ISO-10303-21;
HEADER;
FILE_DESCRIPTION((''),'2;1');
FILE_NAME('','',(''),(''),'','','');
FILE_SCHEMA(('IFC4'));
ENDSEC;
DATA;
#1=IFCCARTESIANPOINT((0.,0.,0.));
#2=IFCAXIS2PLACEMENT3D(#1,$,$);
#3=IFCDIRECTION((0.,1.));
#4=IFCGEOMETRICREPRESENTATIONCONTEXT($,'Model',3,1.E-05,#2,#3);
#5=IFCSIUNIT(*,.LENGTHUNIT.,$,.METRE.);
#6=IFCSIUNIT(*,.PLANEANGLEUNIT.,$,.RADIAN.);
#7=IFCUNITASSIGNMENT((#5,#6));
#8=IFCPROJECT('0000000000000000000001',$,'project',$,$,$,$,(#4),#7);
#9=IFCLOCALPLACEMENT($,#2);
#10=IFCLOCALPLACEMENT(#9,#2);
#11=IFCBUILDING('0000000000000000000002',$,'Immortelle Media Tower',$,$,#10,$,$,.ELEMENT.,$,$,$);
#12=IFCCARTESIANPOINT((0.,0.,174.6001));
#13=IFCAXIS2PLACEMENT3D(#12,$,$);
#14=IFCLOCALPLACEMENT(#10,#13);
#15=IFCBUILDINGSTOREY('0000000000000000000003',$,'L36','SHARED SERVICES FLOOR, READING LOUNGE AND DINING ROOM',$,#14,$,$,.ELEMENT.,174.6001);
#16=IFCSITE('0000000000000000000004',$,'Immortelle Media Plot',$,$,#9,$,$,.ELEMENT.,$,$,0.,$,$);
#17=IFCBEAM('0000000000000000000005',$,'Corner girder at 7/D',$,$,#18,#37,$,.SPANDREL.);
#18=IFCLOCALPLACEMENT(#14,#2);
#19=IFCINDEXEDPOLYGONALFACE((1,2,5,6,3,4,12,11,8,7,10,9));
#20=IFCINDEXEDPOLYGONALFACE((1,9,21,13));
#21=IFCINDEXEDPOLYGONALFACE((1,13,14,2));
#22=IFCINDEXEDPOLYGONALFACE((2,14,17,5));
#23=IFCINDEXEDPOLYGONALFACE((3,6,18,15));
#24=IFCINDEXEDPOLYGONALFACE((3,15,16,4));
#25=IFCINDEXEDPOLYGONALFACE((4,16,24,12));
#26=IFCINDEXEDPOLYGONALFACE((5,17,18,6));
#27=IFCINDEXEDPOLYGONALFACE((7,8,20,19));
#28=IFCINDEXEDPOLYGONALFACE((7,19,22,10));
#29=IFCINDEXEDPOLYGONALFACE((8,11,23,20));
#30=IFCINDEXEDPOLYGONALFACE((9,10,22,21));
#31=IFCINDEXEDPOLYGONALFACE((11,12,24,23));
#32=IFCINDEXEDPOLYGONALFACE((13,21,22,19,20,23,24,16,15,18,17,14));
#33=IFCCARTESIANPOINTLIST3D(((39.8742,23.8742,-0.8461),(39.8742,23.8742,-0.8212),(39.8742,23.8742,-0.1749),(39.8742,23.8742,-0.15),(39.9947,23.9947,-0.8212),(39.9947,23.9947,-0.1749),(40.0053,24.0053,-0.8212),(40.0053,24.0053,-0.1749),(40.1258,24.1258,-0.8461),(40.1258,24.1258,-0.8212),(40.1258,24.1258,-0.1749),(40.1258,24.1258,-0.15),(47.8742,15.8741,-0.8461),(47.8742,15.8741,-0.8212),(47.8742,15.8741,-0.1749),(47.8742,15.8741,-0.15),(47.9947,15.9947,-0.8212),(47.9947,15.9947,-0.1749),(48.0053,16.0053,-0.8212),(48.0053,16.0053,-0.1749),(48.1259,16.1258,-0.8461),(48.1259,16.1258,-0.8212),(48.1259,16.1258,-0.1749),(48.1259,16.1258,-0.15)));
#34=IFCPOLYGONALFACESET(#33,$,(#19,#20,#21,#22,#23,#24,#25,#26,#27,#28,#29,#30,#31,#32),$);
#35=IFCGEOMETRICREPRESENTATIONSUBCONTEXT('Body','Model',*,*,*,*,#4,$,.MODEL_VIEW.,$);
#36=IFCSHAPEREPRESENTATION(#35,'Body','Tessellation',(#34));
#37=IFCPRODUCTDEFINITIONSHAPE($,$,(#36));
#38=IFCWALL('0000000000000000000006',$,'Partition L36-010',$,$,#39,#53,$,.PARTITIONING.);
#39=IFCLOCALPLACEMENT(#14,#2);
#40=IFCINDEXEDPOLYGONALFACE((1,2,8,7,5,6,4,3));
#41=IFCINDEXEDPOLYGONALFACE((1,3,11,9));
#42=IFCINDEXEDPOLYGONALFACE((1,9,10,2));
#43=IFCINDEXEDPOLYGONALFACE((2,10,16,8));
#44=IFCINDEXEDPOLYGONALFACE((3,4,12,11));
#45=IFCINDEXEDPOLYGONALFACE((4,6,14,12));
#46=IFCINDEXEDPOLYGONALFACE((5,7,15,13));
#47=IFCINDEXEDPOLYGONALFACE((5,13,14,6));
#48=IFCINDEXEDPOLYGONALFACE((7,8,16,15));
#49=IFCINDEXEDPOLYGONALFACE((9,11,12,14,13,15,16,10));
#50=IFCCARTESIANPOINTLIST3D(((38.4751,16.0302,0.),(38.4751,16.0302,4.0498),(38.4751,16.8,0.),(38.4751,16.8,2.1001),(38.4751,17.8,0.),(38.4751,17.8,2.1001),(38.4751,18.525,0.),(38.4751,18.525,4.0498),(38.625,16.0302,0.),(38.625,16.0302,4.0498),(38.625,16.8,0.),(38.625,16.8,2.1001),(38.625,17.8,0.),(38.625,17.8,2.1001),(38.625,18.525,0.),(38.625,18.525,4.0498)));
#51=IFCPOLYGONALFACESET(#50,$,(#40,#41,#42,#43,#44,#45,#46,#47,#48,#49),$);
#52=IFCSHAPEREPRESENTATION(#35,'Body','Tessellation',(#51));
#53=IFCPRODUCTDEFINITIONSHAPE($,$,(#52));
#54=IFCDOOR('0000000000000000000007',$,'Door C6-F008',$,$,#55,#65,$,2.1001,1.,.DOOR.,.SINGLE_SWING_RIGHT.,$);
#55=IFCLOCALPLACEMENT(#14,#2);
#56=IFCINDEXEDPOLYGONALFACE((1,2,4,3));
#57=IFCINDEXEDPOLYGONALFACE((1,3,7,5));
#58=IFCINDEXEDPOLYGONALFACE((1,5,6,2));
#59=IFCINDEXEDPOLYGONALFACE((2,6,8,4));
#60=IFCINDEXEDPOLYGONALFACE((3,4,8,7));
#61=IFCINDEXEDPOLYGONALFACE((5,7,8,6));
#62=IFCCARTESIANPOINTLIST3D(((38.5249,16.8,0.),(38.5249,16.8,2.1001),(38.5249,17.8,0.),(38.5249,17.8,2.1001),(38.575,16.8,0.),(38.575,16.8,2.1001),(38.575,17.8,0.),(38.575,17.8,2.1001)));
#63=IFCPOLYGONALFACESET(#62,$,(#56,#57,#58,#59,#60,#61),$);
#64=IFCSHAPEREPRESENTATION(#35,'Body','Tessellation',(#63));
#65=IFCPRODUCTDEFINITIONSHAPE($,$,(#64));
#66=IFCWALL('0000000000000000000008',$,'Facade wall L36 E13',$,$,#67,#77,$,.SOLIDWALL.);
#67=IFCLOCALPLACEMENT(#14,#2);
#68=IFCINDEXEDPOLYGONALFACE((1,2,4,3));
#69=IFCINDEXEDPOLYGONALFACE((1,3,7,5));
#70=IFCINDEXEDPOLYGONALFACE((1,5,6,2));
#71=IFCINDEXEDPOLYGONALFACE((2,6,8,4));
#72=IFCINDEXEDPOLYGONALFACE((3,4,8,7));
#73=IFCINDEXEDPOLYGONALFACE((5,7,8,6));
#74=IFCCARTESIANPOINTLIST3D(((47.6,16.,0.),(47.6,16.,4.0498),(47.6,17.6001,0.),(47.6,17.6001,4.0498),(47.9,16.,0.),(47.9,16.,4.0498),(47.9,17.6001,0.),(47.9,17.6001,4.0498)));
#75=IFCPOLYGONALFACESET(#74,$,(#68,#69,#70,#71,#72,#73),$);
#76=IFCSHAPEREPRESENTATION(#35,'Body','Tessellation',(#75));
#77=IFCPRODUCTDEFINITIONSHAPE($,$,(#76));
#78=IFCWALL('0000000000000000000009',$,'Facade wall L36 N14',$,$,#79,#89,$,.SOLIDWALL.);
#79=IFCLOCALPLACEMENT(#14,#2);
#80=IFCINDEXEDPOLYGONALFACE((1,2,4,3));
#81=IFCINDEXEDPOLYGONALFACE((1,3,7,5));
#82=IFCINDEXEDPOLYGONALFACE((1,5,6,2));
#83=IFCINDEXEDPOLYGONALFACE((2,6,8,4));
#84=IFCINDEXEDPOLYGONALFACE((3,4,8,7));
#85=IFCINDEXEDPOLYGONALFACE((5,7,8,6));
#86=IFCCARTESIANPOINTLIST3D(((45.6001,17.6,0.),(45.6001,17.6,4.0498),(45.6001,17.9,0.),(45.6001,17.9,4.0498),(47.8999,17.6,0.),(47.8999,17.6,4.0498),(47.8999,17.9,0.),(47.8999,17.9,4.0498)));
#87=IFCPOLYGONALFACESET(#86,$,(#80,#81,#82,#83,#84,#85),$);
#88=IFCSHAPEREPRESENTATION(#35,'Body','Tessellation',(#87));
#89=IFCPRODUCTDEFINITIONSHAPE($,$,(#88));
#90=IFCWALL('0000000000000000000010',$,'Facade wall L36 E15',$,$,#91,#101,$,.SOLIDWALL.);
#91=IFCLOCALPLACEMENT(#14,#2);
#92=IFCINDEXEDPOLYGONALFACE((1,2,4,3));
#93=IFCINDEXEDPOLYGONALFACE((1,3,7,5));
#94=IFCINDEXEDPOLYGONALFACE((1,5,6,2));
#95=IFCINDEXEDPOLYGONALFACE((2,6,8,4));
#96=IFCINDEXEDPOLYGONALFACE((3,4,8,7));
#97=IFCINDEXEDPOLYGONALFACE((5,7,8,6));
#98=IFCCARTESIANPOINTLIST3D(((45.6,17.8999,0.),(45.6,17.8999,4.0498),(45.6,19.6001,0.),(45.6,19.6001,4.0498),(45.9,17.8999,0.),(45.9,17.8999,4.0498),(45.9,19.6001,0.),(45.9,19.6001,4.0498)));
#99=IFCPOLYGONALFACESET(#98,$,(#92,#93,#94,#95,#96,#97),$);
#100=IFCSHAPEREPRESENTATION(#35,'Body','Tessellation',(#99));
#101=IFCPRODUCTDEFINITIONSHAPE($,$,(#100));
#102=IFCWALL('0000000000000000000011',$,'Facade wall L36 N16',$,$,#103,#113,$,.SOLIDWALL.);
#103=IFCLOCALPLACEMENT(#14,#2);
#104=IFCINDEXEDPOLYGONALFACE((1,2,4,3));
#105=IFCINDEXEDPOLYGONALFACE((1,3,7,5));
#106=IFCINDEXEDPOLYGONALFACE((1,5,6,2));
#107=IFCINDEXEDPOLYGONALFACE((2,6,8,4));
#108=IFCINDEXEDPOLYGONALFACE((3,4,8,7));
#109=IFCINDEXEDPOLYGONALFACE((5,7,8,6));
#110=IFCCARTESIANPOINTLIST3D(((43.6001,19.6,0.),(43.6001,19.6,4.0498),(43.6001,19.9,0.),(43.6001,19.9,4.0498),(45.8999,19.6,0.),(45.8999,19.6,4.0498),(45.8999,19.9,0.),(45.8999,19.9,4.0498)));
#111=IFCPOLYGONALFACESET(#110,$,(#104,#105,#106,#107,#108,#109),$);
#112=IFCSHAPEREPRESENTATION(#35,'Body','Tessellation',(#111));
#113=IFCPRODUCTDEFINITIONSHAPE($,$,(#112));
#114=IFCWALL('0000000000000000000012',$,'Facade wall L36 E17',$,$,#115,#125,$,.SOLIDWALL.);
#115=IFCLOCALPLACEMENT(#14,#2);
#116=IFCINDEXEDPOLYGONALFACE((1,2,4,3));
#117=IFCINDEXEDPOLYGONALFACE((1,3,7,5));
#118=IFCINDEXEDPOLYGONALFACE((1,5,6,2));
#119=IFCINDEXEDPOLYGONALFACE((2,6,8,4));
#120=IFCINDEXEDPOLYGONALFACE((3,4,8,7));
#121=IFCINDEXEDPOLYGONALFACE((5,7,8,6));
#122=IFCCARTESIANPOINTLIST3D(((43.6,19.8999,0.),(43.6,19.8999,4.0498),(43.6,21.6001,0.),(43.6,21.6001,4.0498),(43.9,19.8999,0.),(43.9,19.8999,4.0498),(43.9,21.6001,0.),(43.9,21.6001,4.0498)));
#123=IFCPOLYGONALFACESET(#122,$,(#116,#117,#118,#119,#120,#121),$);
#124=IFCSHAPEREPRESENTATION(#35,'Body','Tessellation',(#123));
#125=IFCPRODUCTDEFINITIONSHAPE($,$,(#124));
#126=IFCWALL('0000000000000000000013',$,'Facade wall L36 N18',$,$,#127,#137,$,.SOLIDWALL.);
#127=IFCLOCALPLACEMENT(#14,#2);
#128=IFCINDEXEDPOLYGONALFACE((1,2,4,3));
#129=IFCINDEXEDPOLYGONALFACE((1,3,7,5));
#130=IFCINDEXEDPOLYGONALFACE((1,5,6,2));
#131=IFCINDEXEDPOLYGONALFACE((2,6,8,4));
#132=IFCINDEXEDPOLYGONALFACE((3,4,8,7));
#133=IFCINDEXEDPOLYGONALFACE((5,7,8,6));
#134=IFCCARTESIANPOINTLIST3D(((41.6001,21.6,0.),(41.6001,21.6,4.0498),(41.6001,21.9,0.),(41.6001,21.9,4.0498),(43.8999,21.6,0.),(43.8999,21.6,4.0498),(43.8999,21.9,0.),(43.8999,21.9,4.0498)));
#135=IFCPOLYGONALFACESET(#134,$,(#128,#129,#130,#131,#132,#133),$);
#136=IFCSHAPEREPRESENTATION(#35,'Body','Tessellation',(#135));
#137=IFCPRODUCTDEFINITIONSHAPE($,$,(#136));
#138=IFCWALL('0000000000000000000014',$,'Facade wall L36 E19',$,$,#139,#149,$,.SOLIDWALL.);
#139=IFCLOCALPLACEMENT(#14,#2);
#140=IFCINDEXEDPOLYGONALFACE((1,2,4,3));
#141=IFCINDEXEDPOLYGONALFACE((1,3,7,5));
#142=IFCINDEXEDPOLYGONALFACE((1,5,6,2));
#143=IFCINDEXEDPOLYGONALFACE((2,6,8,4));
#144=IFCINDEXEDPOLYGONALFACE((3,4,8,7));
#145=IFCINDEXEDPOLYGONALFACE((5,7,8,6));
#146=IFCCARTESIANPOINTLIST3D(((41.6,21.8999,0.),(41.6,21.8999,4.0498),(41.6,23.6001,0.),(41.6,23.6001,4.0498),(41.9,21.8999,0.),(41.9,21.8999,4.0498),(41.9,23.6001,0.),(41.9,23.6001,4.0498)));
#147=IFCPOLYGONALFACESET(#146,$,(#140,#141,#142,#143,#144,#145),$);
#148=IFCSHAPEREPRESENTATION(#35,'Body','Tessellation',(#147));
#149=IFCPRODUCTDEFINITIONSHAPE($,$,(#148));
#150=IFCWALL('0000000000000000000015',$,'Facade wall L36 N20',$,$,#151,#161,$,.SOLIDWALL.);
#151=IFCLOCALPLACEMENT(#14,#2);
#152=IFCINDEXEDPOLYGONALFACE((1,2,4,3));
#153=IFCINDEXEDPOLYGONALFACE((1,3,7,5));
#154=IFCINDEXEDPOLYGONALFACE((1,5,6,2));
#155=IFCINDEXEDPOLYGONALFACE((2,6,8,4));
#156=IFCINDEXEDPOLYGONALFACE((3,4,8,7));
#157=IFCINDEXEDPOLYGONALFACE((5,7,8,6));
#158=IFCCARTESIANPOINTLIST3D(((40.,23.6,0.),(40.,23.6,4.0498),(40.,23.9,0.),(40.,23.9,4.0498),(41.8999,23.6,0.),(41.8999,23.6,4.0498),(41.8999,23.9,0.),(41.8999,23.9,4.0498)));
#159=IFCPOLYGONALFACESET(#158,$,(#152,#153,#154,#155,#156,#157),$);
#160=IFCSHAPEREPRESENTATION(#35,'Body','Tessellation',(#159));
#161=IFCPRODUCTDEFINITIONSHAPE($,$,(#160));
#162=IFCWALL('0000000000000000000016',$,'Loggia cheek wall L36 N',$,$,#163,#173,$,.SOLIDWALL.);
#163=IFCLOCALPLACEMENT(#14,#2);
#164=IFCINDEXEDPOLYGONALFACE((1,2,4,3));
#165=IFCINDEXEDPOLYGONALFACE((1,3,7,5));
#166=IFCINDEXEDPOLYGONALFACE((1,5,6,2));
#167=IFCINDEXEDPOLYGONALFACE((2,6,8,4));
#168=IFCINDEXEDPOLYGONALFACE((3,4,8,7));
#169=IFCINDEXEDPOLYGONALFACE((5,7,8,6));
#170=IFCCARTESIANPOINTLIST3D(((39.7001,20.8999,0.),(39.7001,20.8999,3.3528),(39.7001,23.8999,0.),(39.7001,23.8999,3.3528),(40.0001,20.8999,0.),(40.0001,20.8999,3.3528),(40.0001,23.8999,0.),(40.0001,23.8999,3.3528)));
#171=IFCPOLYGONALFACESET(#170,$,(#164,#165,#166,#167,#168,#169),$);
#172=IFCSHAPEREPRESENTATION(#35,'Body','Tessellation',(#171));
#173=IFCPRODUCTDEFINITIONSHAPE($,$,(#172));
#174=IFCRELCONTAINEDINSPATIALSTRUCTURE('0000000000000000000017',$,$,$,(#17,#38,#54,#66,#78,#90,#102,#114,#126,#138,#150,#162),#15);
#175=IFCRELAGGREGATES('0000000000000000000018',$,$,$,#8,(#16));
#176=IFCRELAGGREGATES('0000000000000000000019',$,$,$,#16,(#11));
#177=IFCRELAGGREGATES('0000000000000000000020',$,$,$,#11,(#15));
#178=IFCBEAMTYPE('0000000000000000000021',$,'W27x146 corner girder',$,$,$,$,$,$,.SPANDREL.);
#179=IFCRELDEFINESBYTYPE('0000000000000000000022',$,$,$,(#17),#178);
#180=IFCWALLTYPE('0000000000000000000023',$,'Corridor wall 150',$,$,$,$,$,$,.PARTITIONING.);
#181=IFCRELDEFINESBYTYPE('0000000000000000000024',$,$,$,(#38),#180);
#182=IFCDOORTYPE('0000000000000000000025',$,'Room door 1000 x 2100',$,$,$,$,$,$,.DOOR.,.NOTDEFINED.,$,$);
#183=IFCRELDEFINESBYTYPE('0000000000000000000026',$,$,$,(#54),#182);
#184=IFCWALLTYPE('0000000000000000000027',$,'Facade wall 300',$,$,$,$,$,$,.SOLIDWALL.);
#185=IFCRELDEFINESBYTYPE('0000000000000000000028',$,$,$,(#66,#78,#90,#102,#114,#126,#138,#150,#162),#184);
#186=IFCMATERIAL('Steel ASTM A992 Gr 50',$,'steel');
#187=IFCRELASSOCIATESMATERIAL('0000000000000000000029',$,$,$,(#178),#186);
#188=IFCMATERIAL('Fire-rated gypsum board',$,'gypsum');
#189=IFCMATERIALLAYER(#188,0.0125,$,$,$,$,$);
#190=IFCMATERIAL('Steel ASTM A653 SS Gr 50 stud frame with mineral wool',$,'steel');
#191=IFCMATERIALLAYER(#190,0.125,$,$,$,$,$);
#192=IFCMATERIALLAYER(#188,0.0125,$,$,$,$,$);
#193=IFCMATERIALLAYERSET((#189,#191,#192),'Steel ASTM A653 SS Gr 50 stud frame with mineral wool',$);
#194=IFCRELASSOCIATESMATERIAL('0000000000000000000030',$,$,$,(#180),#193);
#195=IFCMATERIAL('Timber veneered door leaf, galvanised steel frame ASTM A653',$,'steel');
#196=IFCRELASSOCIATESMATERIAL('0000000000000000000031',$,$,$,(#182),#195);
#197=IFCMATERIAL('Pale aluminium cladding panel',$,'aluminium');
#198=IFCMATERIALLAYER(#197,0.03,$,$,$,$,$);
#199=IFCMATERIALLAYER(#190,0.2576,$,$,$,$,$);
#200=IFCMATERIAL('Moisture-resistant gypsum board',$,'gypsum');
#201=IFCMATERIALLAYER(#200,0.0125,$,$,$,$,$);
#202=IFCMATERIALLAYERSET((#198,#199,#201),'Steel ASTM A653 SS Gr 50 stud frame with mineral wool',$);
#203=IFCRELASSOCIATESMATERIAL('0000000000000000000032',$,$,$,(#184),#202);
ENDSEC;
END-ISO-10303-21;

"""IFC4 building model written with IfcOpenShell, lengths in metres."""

from ifc_helpers import new_model, si_unit, direction, frame, frame_2d, origin, origin_2d, place, context, subcontext, project, spatial, rectangle, i_section, extrude, material, layer, layer_set, material_profile, profile_set, type_object, element, fill, save


model = new_model("IFC4")

# Units and contexts
model_context = context("Model", 3, precision=1e-05, world=origin(), true_north=direction((0.0, 1.0)))
body_context = subcontext(model_context, "Body", "Model", "MODEL_VIEW")
ifc_project = project(units=[si_unit("LENGTHUNIT", "METRE"), si_unit("PLANEANGLEUNIT", "RADIAN")], contexts=[model_context])

# Site, building, storey
site_placement = place(None, origin())
site = spatial("IfcSite", under=ifc_project, at=site_placement, Name="Immortelle Media Plot", CompositionType="ELEMENT", RefElevation=0.0)
building_placement = place(site_placement, origin())
building = spatial("IfcBuilding", under=site, at=building_placement, Name="Immortelle Media Tower", CompositionType="ELEMENT")
storey_placement = place(building_placement, frame((0.0, 0.0, 174.6001)))
storey = spatial("IfcBuildingStorey", under=building, at=storey_placement, Name="L36", Description="SHARED SERVICES FLOOR, READING LOUNGE AND DINING ROOM", CompositionType="ELEMENT", Elevation=174.6001)

# Shared definitions
ifc_material_1 = material(Name="Steel ASTM A992 Gr 50", Category="steel")

# Beam
ifc_material_profile_1 = material_profile(ifc_material_1, i_section(OverallWidth=0.356, OverallDepth=0.696, WebThickness=0.0149, FlangeThickness=0.0249, at=origin_2d()), Name="W27x146")
ifc_profile_set_1 = profile_set([ifc_material_profile_1], Name="Steel ASTM A992 Gr 50")
beam_type_1 = type_object("IfcBeamType", Name="W27x146 corner girder", PredefinedType="SPANDREL", material=ifc_profile_set_1)
beam_placement = place(storey_placement, frame((40.0, 24.0, -0.498), z_axis=(0.707107, -0.707107, 0.0), x_axis=(0.707107, 0.707107, 0.0)))
element("IfcBeam", 1, at=beam_placement, inside=storey, type_object=beam_type_1, Name="Corner girder at 7/D", PredefinedType="SPANDREL", context=body_context, shape_type="SweptSolid", body=[
    extrude(i_section(OverallWidth=0.356, OverallDepth=0.696, WebThickness=0.0149, FlangeThickness=0.0249, at=origin_2d()), origin(), (0.0, 0.0, 1.0), 11.3137),
])

# Wall, opening, door
ifc_material_2 = material(Name="Fire-rated gypsum board", Category="gypsum")
ifc_layer_1 = layer(ifc_material_2, 0.0125)
ifc_material_3 = material(Name="Steel ASTM A653 SS Gr 50 stud frame with mineral wool", Category="steel")
ifc_layer_2 = layer(ifc_material_3, 0.125)
ifc_layer_3 = layer(ifc_material_2, 0.0125)
ifc_layer_set_1 = layer_set([ifc_layer_1, ifc_layer_2, ifc_layer_3], Name="Steel ASTM A653 SS Gr 50 stud frame with mineral wool")
wall_type_1 = type_object("IfcWallType", Name="Corridor wall 150", PredefinedType="PARTITIONING", material=ifc_layer_set_1)
wall_1_placement = place(storey_placement, frame((38.55, 16.03, 0.0), z_axis=(0.0, 0.0, 1.0), x_axis=(0.0, 1.0, 0.0)))
wall_1 = element("IfcWall", 2, at=wall_1_placement, inside=storey, type_object=wall_type_1, Name="Partition L36-010", PredefinedType="PARTITIONING", context=body_context, shape_type="SweptSolid", body=[
    extrude(rectangle(XDim=2.4949, YDim=0.1499, at=frame_2d((1.2476, 0.0))), origin(), (0.0, 0.0, 1.0), 4.0498),
])
opening_1_placement = place(wall_1_placement, frame((1.77, 0.0, 0.0), z_axis=(0.0, 0.0, 1.0), x_axis=(-1.0, 0.0, 0.0)))
opening_1 = element("IfcOpeningElement", 3, at=opening_1_placement, cuts=wall_1, PredefinedType="OPENING", context=body_context, shape_type="SweptSolid", body=[
    extrude(rectangle(XDim=1.0, YDim=2.1001, at=frame_2d((0.5, 1.05))), frame((0.0, 0.085, 0.0), z_axis=(0.0, -1.0, 0.0), x_axis=(1.0, 0.0, 0.0)), (0.0, 0.0, 1.0), 0.1699),
])
ifc_material_4 = material(Name="Timber veneered door leaf, galvanised steel frame ASTM A653", Category="steel")
door_type_1 = type_object("IfcDoorType", Name="Room door 1000 x 2100", OperationType="NOTDEFINED", PredefinedType="DOOR", material=ifc_material_4)
door_1_placement = place(opening_1_placement, origin())
door_1 = element("IfcDoor", 4, at=door_1_placement, inside=storey, type_object=door_type_1, Name="Door C6-F008", OperationType="SINGLE_SWING_RIGHT", OverallHeight=2.1001, OverallWidth=1.0, PredefinedType="DOOR", context=body_context, shape_type="SweptSolid", body=[
    extrude(rectangle(XDim=1.0, YDim=2.1001, at=frame_2d((0.5, 1.05))), frame((0.0, 0.0249, 0.0), z_axis=(0.0, -1.0, 0.0), x_axis=(1.0, 0.0, 0.0)), (0.0, 0.0, 1.0), 0.05),
])
fill(opening_1, door_1)

# Walls
ifc_material_5 = material(Name="Pale aluminium cladding panel", Category="aluminium")
ifc_layer_4 = layer(ifc_material_5, 0.03)
ifc_layer_5 = layer(ifc_material_3, 0.2576)
ifc_material_6 = material(Name="Moisture-resistant gypsum board", Category="gypsum")
ifc_layer_6 = layer(ifc_material_6, 0.0125)
ifc_layer_set_2 = layer_set([ifc_layer_4, ifc_layer_5, ifc_layer_6], Name="Steel ASTM A653 SS Gr 50 stud frame with mineral wool")
wall_type_2 = type_object("IfcWallType", Name="Facade wall 300", PredefinedType="SOLIDWALL", material=ifc_layer_set_2)
wall_2_placement = place(storey_placement, frame((47.75, 16.0, 0.0), z_axis=(0.0, 0.0, 1.0), x_axis=(0.0, 1.0, 0.0)))
element("IfcWall", 5, at=wall_2_placement, inside=storey, type_object=wall_type_2, Name="Facade wall L36 E13", PredefinedType="SOLIDWALL", context=body_context, shape_type="SweptSolid", body=[
    extrude(rectangle(XDim=1.6001, YDim=0.3, at=frame_2d((0.8, 0.0))), origin(), (0.0, 0.0, 1.0), 4.0498),
])
wall_3_placement = place(storey_placement, frame((47.8999, 17.75, 0.0), z_axis=(0.0, 0.0, 1.0), x_axis=(-1.0, 0.0, 0.0)))
element("IfcWall", 6, at=wall_3_placement, inside=storey, type_object=wall_type_2, Name="Facade wall L36 N14", PredefinedType="SOLIDWALL", context=body_context, shape_type="SweptSolid", body=[
    extrude(rectangle(XDim=2.2998, YDim=0.3, at=frame_2d((1.1499, 0.0))), origin(), (0.0, 0.0, 1.0), 4.0498),
])
wall_4_placement = place(storey_placement, frame((45.75, 17.8999, 0.0), z_axis=(0.0, 0.0, 1.0), x_axis=(0.0, 1.0, 0.0)))
element("IfcWall", 7, at=wall_4_placement, inside=storey, type_object=wall_type_2, Name="Facade wall L36 E15", PredefinedType="SOLIDWALL", context=body_context, shape_type="SweptSolid", body=[
    extrude(rectangle(XDim=1.7002, YDim=0.3, at=frame_2d((0.8501, 0.0))), origin(), (0.0, 0.0, 1.0), 4.0498),
])
wall_5_placement = place(storey_placement, frame((45.8999, 19.75, 0.0), z_axis=(0.0, 0.0, 1.0), x_axis=(-1.0, 0.0, 0.0)))
element("IfcWall", 8, at=wall_5_placement, inside=storey, type_object=wall_type_2, Name="Facade wall L36 N16", PredefinedType="SOLIDWALL", context=body_context, shape_type="SweptSolid", body=[
    extrude(rectangle(XDim=2.2998, YDim=0.3, at=frame_2d((1.1499, 0.0))), origin(), (0.0, 0.0, 1.0), 4.0498),
])
wall_6_placement = place(storey_placement, frame((43.75, 19.8999, 0.0), z_axis=(0.0, 0.0, 1.0), x_axis=(0.0, 1.0, 0.0)))
element("IfcWall", 9, at=wall_6_placement, inside=storey, type_object=wall_type_2, Name="Facade wall L36 E17", PredefinedType="SOLIDWALL", context=body_context, shape_type="SweptSolid", body=[
    extrude(rectangle(XDim=1.7002, YDim=0.3, at=frame_2d((0.8501, 0.0))), origin(), (0.0, 0.0, 1.0), 4.0498),
])
wall_7_placement = place(storey_placement, frame((43.8999, 21.75, 0.0), z_axis=(0.0, 0.0, 1.0), x_axis=(-1.0, 0.0, 0.0)))
element("IfcWall", 10, at=wall_7_placement, inside=storey, type_object=wall_type_2, Name="Facade wall L36 N18", PredefinedType="SOLIDWALL", context=body_context, shape_type="SweptSolid", body=[
    extrude(rectangle(XDim=2.2998, YDim=0.3, at=frame_2d((1.1499, 0.0))), origin(), (0.0, 0.0, 1.0), 4.0498),
])
wall_8_placement = place(storey_placement, frame((41.75, 21.8999, 0.0), z_axis=(0.0, 0.0, 1.0), x_axis=(0.0, 1.0, 0.0)))
element("IfcWall", 11, at=wall_8_placement, inside=storey, type_object=wall_type_2, Name="Facade wall L36 E19", PredefinedType="SOLIDWALL", context=body_context, shape_type="SweptSolid", body=[
    extrude(rectangle(XDim=1.7002, YDim=0.3, at=frame_2d((0.8501, 0.0))), origin(), (0.0, 0.0, 1.0), 4.0498),
])
wall_9_placement = place(storey_placement, frame((41.8999, 23.75, 0.0), z_axis=(0.0, 0.0, 1.0), x_axis=(-1.0, 0.0, 0.0)))
element("IfcWall", 12, at=wall_9_placement, inside=storey, type_object=wall_type_2, Name="Facade wall L36 N20", PredefinedType="SOLIDWALL", context=body_context, shape_type="SweptSolid", body=[
    extrude(rectangle(XDim=1.8999, YDim=0.3, at=frame_2d((0.95, 0.0))), origin(), (0.0, 0.0, 1.0), 4.0498),
])

# Wall
wall_10_placement = place(storey_placement, frame((39.8501, 23.8999, 0.0), z_axis=(0.0, 0.0, 1.0), x_axis=(0.0, -1.0, 0.0)))
element("IfcWall", 13, at=wall_10_placement, inside=storey, type_object=wall_type_2, Name="Loggia cheek wall L36 N", PredefinedType="SOLIDWALL", context=body_context, shape_type="SweptSolid", body=[
    extrude(rectangle(XDim=3.0, YDim=0.3, at=frame_2d((1.5, 0.0))), origin(), (0.0, 0.0, 1.0), 3.3528),
])

save(model, "model.ifc")
